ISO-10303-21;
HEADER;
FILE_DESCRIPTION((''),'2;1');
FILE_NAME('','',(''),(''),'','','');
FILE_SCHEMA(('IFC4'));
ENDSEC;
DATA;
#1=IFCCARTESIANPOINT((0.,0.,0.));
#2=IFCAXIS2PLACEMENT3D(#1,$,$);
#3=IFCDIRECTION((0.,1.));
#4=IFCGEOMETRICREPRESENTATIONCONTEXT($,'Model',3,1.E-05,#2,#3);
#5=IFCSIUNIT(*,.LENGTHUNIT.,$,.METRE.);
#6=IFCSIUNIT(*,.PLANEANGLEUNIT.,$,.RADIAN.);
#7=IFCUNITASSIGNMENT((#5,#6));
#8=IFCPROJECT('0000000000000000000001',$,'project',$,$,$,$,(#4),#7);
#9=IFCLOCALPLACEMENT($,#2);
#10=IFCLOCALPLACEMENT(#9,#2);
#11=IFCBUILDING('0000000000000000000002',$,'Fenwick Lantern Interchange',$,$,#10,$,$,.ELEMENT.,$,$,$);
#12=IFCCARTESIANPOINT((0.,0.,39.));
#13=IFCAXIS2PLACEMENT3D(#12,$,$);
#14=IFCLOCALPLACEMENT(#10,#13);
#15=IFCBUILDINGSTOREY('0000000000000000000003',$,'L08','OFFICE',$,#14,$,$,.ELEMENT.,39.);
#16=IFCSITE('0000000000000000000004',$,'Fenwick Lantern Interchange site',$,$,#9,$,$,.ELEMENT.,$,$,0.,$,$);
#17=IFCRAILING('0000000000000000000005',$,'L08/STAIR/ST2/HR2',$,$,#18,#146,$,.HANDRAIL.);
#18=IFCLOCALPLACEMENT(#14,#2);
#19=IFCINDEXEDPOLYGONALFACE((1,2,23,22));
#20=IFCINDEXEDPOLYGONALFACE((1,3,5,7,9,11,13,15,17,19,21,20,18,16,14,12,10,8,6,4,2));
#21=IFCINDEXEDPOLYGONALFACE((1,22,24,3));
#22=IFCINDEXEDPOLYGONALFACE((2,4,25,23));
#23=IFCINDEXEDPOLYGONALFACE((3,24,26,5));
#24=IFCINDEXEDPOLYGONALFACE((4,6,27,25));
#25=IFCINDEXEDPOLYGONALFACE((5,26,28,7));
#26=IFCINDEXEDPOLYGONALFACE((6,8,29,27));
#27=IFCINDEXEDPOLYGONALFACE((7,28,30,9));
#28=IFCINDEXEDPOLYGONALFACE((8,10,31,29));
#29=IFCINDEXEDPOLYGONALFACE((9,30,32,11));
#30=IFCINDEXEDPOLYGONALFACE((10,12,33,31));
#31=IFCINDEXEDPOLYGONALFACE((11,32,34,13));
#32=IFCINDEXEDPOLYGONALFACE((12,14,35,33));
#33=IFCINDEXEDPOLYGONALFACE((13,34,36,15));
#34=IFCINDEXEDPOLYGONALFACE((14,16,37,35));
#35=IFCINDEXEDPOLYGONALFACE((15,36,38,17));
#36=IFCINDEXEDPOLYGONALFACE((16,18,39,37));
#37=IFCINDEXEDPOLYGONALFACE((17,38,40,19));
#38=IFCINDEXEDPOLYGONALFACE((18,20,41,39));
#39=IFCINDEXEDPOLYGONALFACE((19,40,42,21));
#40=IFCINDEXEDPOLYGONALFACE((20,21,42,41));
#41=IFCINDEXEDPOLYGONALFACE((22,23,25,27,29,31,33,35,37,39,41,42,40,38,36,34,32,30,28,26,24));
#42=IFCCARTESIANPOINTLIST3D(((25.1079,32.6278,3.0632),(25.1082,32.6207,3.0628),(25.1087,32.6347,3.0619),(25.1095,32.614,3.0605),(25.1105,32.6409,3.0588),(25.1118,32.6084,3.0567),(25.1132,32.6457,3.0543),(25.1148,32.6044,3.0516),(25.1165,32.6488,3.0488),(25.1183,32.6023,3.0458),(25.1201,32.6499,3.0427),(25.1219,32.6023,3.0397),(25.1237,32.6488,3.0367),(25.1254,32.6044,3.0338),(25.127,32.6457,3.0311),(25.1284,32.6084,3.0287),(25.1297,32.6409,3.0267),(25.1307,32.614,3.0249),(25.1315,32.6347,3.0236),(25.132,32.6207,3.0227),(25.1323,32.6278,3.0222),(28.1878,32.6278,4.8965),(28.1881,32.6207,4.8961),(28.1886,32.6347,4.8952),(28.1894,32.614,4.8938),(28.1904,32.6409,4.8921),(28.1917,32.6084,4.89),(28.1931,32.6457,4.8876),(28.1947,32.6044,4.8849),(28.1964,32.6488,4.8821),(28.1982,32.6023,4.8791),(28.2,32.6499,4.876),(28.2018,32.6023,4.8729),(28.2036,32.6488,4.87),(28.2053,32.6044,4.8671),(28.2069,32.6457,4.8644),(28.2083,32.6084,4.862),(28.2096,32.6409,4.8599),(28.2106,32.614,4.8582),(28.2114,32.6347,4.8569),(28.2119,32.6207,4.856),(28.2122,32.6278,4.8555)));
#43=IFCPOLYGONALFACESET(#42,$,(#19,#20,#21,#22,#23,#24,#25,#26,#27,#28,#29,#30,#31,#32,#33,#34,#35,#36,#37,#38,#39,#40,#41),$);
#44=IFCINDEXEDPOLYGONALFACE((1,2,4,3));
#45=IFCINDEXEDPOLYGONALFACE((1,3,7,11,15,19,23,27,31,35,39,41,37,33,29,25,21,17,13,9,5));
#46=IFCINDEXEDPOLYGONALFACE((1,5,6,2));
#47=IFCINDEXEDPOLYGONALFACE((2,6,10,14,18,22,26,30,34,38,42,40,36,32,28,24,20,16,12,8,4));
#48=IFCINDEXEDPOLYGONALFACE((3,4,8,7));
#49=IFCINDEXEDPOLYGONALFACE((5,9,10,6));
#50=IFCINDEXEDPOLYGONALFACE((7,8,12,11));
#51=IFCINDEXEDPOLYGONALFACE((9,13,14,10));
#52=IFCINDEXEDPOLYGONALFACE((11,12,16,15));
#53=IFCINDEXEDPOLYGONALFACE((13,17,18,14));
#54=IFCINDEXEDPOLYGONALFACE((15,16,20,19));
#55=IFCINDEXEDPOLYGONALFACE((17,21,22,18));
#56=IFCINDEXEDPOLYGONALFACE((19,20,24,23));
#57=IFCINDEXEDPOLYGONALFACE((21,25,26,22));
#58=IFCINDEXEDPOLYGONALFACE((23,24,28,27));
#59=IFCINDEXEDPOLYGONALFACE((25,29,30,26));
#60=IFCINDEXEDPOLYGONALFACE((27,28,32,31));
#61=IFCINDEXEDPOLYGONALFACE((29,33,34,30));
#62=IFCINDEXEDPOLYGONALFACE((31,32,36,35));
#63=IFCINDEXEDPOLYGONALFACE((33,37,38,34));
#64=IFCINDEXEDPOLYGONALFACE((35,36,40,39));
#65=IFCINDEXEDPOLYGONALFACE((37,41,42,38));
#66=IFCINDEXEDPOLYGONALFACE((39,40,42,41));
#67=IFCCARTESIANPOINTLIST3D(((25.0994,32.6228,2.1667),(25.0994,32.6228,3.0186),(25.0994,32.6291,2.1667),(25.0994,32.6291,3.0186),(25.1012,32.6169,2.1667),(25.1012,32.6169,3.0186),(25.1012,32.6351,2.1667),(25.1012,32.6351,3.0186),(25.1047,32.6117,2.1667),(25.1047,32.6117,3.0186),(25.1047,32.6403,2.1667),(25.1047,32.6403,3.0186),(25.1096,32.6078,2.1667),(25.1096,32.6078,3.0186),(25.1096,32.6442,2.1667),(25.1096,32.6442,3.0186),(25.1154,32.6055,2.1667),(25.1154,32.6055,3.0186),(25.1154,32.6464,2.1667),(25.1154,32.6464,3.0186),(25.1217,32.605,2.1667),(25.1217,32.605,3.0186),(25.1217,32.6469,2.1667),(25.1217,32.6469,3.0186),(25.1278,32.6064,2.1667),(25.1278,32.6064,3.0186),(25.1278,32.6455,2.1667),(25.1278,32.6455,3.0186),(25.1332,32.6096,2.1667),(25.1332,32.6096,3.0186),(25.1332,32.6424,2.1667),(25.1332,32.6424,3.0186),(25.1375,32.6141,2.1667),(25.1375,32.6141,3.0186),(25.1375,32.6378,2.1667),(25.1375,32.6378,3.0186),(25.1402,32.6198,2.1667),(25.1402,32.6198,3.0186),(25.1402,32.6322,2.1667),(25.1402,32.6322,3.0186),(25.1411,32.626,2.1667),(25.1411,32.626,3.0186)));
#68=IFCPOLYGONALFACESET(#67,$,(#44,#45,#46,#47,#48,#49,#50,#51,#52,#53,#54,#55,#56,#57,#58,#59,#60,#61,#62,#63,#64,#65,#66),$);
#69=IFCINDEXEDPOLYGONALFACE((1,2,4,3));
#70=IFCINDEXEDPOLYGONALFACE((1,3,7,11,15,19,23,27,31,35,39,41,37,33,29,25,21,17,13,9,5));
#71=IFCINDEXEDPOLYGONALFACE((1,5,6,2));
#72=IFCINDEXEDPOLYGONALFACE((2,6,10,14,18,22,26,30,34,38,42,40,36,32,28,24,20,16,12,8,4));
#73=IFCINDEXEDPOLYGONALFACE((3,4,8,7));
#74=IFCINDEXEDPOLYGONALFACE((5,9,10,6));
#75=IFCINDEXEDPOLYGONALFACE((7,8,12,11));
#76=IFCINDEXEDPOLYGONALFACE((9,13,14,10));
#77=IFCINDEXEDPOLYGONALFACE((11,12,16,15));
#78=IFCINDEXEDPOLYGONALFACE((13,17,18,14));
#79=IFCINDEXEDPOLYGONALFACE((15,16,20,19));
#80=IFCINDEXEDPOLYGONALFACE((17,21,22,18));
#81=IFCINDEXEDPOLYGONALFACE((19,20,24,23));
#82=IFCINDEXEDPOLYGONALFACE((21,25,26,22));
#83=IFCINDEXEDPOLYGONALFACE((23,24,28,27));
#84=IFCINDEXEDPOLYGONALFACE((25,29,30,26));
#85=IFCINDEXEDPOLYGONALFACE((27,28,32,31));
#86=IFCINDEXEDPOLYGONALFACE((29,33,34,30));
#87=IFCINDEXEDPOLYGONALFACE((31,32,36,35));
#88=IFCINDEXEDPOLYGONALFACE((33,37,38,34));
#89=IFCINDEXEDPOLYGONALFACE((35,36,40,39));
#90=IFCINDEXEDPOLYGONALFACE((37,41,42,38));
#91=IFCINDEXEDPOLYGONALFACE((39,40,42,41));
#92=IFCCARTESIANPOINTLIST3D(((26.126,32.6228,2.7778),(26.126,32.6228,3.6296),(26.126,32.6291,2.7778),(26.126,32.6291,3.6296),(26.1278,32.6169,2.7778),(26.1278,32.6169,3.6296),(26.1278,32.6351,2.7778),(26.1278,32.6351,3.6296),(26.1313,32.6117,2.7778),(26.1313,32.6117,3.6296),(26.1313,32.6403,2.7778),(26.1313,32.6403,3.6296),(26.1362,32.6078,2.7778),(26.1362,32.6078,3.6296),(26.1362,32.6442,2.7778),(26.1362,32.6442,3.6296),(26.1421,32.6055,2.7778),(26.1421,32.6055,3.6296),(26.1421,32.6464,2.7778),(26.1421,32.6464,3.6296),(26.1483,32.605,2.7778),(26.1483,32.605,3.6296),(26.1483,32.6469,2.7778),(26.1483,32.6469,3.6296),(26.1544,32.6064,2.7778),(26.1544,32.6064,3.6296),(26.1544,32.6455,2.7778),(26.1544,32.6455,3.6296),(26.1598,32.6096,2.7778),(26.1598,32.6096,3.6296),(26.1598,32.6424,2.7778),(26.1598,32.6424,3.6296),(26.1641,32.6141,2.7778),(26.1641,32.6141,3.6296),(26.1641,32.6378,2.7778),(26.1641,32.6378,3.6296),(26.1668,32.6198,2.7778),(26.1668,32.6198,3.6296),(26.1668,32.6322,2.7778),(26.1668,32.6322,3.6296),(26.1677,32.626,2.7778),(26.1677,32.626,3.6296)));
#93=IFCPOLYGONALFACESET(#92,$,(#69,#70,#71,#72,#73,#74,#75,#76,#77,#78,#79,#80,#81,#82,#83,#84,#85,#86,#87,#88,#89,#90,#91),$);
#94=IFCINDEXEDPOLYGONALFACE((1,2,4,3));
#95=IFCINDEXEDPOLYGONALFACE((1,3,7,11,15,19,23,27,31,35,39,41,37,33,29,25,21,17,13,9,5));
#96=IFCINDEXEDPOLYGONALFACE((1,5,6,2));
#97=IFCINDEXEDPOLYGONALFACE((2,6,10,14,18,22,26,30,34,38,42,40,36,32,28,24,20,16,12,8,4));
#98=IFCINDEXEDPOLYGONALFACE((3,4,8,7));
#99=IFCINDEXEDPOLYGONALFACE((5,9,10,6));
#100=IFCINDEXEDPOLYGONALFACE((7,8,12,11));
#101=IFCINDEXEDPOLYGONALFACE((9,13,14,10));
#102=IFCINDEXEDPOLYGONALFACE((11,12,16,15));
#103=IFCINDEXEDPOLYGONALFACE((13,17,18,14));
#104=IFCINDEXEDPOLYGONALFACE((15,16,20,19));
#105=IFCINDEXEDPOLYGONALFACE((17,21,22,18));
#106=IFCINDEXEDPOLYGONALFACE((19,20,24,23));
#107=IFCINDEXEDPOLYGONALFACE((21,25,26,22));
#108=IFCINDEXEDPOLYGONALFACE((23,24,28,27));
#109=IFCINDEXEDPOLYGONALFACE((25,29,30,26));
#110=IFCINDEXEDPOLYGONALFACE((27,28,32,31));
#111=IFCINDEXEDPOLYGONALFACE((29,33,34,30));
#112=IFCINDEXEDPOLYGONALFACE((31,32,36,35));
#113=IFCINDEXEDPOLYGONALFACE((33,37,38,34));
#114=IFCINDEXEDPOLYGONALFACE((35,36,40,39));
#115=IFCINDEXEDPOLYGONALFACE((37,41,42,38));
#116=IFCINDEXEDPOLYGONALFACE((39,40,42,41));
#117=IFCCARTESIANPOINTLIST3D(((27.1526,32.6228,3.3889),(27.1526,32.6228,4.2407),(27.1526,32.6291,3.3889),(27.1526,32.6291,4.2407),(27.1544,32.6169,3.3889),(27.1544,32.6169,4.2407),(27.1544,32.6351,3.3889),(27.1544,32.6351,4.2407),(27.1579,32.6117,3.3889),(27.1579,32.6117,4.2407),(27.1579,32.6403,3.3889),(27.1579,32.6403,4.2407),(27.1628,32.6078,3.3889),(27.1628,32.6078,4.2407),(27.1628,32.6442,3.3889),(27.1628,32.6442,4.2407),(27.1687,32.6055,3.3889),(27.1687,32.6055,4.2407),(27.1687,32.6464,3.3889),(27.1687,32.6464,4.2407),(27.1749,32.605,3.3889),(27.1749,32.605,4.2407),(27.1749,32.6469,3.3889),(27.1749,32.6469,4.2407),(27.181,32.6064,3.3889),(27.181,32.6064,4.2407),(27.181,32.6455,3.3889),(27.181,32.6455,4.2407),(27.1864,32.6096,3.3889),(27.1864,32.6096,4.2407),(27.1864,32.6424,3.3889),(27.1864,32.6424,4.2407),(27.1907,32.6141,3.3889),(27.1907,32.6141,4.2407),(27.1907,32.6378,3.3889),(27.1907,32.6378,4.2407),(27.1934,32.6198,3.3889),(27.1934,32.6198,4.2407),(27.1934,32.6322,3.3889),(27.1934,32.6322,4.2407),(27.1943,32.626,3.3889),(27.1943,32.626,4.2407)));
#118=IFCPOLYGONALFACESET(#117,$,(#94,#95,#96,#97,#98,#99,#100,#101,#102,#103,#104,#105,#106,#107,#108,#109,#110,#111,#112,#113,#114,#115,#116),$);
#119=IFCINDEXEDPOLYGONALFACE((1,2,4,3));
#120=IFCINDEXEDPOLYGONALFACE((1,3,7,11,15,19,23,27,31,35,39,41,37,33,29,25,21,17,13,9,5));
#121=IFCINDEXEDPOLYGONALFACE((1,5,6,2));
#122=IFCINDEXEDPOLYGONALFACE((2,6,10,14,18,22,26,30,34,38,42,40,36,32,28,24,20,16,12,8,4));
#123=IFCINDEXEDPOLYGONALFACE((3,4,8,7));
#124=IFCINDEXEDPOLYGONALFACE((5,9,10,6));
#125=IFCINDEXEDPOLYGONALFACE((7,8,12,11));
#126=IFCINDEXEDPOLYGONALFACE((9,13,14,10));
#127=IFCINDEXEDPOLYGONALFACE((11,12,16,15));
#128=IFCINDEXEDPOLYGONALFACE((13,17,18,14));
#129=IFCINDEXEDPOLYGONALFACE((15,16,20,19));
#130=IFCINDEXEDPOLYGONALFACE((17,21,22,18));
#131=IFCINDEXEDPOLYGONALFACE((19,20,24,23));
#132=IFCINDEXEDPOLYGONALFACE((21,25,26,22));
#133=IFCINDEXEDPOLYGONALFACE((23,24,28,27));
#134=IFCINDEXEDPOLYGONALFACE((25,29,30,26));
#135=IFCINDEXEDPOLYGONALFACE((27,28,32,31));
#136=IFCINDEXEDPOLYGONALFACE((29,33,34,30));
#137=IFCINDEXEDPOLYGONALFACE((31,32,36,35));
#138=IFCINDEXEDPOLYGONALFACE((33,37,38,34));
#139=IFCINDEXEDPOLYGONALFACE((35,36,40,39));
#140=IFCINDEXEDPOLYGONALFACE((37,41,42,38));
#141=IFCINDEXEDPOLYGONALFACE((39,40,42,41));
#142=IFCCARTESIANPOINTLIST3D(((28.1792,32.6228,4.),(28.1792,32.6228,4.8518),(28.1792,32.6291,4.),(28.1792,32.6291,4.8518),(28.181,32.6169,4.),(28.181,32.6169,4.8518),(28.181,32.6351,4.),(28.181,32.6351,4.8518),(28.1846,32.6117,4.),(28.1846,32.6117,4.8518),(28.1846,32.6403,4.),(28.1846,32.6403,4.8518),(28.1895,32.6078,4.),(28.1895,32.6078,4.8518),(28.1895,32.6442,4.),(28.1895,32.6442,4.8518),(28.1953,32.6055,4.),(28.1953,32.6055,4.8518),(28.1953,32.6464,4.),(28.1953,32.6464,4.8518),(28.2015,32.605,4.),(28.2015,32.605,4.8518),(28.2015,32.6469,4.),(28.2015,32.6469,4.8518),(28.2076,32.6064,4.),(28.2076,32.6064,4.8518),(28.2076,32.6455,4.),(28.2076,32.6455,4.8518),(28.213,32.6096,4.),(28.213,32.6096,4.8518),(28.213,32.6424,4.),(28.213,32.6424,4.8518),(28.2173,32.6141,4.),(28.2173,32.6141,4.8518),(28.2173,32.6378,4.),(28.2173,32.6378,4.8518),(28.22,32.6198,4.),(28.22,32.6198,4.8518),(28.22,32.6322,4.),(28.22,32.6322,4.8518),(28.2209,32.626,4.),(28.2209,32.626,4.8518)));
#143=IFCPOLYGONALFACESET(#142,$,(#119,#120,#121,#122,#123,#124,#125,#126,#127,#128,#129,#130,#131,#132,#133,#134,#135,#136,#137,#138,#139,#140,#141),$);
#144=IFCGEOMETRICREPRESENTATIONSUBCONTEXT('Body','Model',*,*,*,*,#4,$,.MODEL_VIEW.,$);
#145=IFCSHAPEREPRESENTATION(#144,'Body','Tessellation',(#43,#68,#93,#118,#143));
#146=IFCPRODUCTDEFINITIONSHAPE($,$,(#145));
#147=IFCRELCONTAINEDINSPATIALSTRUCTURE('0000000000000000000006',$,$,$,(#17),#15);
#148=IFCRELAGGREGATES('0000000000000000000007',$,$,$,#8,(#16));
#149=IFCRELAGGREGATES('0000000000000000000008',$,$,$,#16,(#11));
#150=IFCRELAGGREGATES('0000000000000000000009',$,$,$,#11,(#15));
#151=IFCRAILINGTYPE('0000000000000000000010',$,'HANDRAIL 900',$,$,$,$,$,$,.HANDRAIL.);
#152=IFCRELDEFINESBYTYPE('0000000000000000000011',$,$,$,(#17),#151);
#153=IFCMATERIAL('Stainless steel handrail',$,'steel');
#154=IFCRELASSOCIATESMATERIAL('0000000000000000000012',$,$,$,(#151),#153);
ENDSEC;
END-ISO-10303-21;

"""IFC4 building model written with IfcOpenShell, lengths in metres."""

from ifc_helpers import new_model, si_unit, direction, frame, origin, origin_2d, place, context, subcontext, project, spatial, circle, extrude, material, type_object, element, save


model = new_model("IFC4")

# Units and contexts
model_context = context("Model", 3, precision=1e-05, world=origin(), true_north=direction((0.0, 1.0)))
body_context = subcontext(model_context, "Body", "Model", "MODEL_VIEW")
ifc_project = project(units=[si_unit("LENGTHUNIT", "METRE"), si_unit("PLANEANGLEUNIT", "RADIAN")], contexts=[model_context])

# Site, building, storey
site_placement = place(None, origin())
site = spatial("IfcSite", under=ifc_project, at=site_placement, Name="Fenwick Lantern Interchange site", CompositionType="ELEMENT", RefElevation=0.0)
building_placement = place(site_placement, origin())
building = spatial("IfcBuilding", under=site, at=building_placement, Name="Fenwick Lantern Interchange", CompositionType="ELEMENT")
storey_placement = place(building_placement, frame((0.0, 0.0, 39.0)))
storey = spatial("IfcBuildingStorey", under=building, at=storey_placement, Name="L08", Description="OFFICE", CompositionType="ELEMENT", Elevation=39.0)

# Railing
ifc_material_1 = material(Name="Stainless steel handrail", Category="steel")
railing_type = type_object("IfcRailingType", Name="HANDRAIL 900", PredefinedType="HANDRAIL", material=ifc_material_1)
railing_1_placement = place(storey_placement, frame((25.1201, 32.626, 2.1667)))
element("IfcRailing", 1, at=railing_1_placement, inside=storey, type_object=railing_type, Name="L08/STAIR/ST2/HR2", PredefinedType="HANDRAIL", context=body_context, shape_type="SweptSolid", body=[
    extrude(circle(Radius=0.0239, at=origin_2d()), frame((0.0, 0.0, 0.876), z_axis=(0.859291, 0.0, 0.511487), x_axis=(0.0, 1.0, 0.0)), (0.0, 0.0, 1.0), 3.5842),
    extrude(circle(Radius=0.021, at=origin_2d()), origin(), (0.0, 0.0, 1.0), 0.8518),
    extrude(circle(Radius=0.021, at=origin_2d()), frame((1.0266, 0.0, 0.6111)), (0.0, 0.0, 1.0), 0.8518),
    extrude(circle(Radius=0.021, at=origin_2d()), frame((2.0532, 0.0, 1.2222)), (0.0, 0.0, 1.0), 0.8518),
    extrude(circle(Radius=0.021, at=origin_2d()), frame((3.0798, 0.0, 1.8333)), (0.0, 0.0, 1.0), 0.8518),
])

save(model, "model.ifc")
